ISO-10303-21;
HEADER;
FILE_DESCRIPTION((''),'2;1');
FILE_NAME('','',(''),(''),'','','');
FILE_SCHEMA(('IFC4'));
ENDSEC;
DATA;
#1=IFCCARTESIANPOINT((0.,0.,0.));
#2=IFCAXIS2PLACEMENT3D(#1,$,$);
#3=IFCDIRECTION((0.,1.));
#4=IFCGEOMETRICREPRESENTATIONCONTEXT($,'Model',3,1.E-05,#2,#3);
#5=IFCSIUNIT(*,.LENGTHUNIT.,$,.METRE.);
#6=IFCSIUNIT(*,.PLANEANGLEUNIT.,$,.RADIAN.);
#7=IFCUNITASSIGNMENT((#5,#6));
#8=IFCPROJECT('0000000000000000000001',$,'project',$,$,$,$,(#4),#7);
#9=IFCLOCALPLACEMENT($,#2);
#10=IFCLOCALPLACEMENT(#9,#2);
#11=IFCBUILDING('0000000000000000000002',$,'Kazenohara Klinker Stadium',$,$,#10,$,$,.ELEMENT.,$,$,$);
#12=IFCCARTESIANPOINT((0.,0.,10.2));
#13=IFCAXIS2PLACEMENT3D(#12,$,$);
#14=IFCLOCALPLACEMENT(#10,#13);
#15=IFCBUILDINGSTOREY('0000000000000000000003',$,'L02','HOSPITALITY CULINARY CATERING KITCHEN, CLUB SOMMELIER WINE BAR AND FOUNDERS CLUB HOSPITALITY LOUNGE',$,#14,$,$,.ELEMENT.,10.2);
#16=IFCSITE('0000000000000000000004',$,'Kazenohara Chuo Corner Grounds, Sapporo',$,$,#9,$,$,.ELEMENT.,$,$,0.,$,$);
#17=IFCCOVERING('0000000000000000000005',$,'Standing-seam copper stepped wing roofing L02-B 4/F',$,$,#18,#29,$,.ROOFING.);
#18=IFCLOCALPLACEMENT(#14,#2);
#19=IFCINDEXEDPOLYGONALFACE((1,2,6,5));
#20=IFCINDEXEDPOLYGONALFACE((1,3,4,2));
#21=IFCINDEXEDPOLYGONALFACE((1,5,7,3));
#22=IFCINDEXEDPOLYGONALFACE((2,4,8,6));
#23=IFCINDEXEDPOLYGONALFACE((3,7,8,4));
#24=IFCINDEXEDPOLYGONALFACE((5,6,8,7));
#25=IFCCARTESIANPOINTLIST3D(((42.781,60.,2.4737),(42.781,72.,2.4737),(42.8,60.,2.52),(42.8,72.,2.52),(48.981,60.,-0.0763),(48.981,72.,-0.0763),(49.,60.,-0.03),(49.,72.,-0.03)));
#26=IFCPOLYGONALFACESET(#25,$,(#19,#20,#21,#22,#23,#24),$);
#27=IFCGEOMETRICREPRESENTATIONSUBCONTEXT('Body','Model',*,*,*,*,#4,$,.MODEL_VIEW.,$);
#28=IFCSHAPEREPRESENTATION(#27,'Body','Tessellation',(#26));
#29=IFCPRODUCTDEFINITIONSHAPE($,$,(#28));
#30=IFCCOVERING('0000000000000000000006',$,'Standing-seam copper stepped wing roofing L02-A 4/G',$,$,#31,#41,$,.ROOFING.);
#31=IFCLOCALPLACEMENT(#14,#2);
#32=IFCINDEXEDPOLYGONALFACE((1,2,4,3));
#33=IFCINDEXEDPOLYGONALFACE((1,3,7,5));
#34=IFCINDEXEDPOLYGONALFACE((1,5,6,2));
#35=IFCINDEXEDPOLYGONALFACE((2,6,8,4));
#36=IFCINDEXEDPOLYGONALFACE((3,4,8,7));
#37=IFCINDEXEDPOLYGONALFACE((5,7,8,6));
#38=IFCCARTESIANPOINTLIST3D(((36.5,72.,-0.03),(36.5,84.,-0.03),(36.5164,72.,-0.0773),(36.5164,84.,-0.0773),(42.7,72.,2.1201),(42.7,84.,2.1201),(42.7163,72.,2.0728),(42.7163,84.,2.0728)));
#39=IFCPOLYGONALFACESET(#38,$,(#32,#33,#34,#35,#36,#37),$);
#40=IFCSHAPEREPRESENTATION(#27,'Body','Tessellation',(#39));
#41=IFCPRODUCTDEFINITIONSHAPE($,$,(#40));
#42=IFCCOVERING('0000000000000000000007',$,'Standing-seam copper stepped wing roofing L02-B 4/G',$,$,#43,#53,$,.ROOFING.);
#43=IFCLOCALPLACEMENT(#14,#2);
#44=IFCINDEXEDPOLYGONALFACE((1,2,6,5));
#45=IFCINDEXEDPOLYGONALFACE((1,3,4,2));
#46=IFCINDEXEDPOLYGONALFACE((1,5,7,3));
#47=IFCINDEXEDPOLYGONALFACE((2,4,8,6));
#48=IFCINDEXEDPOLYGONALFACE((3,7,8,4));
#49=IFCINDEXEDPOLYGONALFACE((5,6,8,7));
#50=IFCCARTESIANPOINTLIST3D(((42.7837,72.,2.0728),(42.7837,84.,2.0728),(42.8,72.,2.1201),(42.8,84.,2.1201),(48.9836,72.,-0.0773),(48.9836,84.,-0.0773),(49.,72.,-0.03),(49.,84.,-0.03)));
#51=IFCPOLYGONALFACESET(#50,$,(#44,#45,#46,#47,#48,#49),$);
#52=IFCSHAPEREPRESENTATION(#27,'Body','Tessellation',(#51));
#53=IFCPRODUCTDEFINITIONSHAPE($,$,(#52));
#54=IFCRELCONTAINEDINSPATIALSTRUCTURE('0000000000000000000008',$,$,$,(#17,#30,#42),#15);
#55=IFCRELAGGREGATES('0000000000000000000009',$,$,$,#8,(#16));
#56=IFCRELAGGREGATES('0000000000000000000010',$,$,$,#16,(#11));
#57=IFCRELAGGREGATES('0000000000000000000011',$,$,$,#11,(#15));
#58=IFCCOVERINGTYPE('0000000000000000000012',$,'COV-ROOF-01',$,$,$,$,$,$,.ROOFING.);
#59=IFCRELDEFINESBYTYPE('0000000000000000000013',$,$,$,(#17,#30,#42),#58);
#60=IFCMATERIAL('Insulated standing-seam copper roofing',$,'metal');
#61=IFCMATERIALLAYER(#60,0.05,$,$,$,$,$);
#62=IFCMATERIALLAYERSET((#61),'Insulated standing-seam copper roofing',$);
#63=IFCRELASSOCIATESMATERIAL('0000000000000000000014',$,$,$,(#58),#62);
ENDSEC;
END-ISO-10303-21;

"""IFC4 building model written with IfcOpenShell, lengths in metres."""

from ifc_helpers import new_model, si_unit, direction, frame, origin, place, context, subcontext, project, spatial, polyline, outline, extrude, material, layer, layer_set, type_object, element, save


model = new_model("IFC4")

# Units and contexts
model_context = context("Model", 3, precision=1e-05, world=origin(), true_north=direction((0.0, 1.0)))
body_context = subcontext(model_context, "Body", "Model", "MODEL_VIEW")
ifc_project = project(units=[si_unit("LENGTHUNIT", "METRE"), si_unit("PLANEANGLEUNIT", "RADIAN")], contexts=[model_context])

# Site, building, storey
site_placement = place(None, origin())
site = spatial("IfcSite", under=ifc_project, at=site_placement, Name="Kazenohara Chuo Corner Grounds, Sapporo", CompositionType="ELEMENT", RefElevation=0.0)
building_placement = place(site_placement, origin())
building = spatial("IfcBuilding", under=site, at=building_placement, Name="Kazenohara Klinker Stadium", CompositionType="ELEMENT")
storey_placement = place(building_placement, frame((0.0, 0.0, 10.2)))
storey = spatial("IfcBuildingStorey", under=building, at=storey_placement, Name="L02", Description="HOSPITALITY CULINARY CATERING KITCHEN, CLUB SOMMELIER WINE BAR AND FOUNDERS CLUB HOSPITALITY LOUNGE", CompositionType="ELEMENT", Elevation=10.2)

# Coverings
ifc_material_1 = material(Name="Insulated standing-seam copper roofing", Category="metal")
ifc_layer_1 = layer(ifc_material_1, 0.05)
ifc_layer_set_1 = layer_set([ifc_layer_1], Name="Insulated standing-seam copper roofing")
covering_type = type_object("IfcCoveringType", Name="COV-ROOF-01", PredefinedType="ROOFING", material=ifc_layer_set_1)
covering_1_placement = place(storey_placement, frame((42.8, 60.0, 2.52), z_axis=(0.380383, 0.0, 0.924829), x_axis=(0.924829, 0.0, -0.380383)))
element("IfcCovering", 1, at=covering_1_placement, inside=storey, type_object=covering_type, Name="Standing-seam copper stepped wing roofing L02-B 4/F", PredefinedType="ROOFING", context=body_context, shape_type="SweptSolid", body=[
    extrude(outline(polyline([(0.0, 0.0), (6.7039, 0.0), (6.7039, 12.0), (0.0, 12.0), (0.0, 0.0)])), origin(), (0.0, 0.0, -1.0), 0.05),
])
for number, where, z_axis, x_axis, name in (
    (2, (36.5, 72.0, -0.03), (-0.327656, 0.0, 0.944797), (0.944797, 0.0, 0.327656), "Standing-seam copper stepped wing roofing L02-A 4/G"),
    (3, (42.8, 72.0, 2.1201), (0.327656, 0.0, 0.944797), (0.944797, 0.0, -0.327656), "Standing-seam copper stepped wing roofing L02-B 4/G"),
):
    element("IfcCovering", number, at=place(storey_placement, frame(where, z_axis=z_axis, x_axis=x_axis)), inside=storey, type_object=covering_type, Name=name, PredefinedType="ROOFING", context=body_context, shape_type="SweptSolid", body=[
        extrude(outline(polyline([(0.0, 0.0), (6.5622, 0.0), (6.5622, 12.0), (0.0, 12.0), (0.0, 0.0)])), origin(), (0.0, 0.0, -1.0), 0.05),
    ])

save(model, "model.ifc")
